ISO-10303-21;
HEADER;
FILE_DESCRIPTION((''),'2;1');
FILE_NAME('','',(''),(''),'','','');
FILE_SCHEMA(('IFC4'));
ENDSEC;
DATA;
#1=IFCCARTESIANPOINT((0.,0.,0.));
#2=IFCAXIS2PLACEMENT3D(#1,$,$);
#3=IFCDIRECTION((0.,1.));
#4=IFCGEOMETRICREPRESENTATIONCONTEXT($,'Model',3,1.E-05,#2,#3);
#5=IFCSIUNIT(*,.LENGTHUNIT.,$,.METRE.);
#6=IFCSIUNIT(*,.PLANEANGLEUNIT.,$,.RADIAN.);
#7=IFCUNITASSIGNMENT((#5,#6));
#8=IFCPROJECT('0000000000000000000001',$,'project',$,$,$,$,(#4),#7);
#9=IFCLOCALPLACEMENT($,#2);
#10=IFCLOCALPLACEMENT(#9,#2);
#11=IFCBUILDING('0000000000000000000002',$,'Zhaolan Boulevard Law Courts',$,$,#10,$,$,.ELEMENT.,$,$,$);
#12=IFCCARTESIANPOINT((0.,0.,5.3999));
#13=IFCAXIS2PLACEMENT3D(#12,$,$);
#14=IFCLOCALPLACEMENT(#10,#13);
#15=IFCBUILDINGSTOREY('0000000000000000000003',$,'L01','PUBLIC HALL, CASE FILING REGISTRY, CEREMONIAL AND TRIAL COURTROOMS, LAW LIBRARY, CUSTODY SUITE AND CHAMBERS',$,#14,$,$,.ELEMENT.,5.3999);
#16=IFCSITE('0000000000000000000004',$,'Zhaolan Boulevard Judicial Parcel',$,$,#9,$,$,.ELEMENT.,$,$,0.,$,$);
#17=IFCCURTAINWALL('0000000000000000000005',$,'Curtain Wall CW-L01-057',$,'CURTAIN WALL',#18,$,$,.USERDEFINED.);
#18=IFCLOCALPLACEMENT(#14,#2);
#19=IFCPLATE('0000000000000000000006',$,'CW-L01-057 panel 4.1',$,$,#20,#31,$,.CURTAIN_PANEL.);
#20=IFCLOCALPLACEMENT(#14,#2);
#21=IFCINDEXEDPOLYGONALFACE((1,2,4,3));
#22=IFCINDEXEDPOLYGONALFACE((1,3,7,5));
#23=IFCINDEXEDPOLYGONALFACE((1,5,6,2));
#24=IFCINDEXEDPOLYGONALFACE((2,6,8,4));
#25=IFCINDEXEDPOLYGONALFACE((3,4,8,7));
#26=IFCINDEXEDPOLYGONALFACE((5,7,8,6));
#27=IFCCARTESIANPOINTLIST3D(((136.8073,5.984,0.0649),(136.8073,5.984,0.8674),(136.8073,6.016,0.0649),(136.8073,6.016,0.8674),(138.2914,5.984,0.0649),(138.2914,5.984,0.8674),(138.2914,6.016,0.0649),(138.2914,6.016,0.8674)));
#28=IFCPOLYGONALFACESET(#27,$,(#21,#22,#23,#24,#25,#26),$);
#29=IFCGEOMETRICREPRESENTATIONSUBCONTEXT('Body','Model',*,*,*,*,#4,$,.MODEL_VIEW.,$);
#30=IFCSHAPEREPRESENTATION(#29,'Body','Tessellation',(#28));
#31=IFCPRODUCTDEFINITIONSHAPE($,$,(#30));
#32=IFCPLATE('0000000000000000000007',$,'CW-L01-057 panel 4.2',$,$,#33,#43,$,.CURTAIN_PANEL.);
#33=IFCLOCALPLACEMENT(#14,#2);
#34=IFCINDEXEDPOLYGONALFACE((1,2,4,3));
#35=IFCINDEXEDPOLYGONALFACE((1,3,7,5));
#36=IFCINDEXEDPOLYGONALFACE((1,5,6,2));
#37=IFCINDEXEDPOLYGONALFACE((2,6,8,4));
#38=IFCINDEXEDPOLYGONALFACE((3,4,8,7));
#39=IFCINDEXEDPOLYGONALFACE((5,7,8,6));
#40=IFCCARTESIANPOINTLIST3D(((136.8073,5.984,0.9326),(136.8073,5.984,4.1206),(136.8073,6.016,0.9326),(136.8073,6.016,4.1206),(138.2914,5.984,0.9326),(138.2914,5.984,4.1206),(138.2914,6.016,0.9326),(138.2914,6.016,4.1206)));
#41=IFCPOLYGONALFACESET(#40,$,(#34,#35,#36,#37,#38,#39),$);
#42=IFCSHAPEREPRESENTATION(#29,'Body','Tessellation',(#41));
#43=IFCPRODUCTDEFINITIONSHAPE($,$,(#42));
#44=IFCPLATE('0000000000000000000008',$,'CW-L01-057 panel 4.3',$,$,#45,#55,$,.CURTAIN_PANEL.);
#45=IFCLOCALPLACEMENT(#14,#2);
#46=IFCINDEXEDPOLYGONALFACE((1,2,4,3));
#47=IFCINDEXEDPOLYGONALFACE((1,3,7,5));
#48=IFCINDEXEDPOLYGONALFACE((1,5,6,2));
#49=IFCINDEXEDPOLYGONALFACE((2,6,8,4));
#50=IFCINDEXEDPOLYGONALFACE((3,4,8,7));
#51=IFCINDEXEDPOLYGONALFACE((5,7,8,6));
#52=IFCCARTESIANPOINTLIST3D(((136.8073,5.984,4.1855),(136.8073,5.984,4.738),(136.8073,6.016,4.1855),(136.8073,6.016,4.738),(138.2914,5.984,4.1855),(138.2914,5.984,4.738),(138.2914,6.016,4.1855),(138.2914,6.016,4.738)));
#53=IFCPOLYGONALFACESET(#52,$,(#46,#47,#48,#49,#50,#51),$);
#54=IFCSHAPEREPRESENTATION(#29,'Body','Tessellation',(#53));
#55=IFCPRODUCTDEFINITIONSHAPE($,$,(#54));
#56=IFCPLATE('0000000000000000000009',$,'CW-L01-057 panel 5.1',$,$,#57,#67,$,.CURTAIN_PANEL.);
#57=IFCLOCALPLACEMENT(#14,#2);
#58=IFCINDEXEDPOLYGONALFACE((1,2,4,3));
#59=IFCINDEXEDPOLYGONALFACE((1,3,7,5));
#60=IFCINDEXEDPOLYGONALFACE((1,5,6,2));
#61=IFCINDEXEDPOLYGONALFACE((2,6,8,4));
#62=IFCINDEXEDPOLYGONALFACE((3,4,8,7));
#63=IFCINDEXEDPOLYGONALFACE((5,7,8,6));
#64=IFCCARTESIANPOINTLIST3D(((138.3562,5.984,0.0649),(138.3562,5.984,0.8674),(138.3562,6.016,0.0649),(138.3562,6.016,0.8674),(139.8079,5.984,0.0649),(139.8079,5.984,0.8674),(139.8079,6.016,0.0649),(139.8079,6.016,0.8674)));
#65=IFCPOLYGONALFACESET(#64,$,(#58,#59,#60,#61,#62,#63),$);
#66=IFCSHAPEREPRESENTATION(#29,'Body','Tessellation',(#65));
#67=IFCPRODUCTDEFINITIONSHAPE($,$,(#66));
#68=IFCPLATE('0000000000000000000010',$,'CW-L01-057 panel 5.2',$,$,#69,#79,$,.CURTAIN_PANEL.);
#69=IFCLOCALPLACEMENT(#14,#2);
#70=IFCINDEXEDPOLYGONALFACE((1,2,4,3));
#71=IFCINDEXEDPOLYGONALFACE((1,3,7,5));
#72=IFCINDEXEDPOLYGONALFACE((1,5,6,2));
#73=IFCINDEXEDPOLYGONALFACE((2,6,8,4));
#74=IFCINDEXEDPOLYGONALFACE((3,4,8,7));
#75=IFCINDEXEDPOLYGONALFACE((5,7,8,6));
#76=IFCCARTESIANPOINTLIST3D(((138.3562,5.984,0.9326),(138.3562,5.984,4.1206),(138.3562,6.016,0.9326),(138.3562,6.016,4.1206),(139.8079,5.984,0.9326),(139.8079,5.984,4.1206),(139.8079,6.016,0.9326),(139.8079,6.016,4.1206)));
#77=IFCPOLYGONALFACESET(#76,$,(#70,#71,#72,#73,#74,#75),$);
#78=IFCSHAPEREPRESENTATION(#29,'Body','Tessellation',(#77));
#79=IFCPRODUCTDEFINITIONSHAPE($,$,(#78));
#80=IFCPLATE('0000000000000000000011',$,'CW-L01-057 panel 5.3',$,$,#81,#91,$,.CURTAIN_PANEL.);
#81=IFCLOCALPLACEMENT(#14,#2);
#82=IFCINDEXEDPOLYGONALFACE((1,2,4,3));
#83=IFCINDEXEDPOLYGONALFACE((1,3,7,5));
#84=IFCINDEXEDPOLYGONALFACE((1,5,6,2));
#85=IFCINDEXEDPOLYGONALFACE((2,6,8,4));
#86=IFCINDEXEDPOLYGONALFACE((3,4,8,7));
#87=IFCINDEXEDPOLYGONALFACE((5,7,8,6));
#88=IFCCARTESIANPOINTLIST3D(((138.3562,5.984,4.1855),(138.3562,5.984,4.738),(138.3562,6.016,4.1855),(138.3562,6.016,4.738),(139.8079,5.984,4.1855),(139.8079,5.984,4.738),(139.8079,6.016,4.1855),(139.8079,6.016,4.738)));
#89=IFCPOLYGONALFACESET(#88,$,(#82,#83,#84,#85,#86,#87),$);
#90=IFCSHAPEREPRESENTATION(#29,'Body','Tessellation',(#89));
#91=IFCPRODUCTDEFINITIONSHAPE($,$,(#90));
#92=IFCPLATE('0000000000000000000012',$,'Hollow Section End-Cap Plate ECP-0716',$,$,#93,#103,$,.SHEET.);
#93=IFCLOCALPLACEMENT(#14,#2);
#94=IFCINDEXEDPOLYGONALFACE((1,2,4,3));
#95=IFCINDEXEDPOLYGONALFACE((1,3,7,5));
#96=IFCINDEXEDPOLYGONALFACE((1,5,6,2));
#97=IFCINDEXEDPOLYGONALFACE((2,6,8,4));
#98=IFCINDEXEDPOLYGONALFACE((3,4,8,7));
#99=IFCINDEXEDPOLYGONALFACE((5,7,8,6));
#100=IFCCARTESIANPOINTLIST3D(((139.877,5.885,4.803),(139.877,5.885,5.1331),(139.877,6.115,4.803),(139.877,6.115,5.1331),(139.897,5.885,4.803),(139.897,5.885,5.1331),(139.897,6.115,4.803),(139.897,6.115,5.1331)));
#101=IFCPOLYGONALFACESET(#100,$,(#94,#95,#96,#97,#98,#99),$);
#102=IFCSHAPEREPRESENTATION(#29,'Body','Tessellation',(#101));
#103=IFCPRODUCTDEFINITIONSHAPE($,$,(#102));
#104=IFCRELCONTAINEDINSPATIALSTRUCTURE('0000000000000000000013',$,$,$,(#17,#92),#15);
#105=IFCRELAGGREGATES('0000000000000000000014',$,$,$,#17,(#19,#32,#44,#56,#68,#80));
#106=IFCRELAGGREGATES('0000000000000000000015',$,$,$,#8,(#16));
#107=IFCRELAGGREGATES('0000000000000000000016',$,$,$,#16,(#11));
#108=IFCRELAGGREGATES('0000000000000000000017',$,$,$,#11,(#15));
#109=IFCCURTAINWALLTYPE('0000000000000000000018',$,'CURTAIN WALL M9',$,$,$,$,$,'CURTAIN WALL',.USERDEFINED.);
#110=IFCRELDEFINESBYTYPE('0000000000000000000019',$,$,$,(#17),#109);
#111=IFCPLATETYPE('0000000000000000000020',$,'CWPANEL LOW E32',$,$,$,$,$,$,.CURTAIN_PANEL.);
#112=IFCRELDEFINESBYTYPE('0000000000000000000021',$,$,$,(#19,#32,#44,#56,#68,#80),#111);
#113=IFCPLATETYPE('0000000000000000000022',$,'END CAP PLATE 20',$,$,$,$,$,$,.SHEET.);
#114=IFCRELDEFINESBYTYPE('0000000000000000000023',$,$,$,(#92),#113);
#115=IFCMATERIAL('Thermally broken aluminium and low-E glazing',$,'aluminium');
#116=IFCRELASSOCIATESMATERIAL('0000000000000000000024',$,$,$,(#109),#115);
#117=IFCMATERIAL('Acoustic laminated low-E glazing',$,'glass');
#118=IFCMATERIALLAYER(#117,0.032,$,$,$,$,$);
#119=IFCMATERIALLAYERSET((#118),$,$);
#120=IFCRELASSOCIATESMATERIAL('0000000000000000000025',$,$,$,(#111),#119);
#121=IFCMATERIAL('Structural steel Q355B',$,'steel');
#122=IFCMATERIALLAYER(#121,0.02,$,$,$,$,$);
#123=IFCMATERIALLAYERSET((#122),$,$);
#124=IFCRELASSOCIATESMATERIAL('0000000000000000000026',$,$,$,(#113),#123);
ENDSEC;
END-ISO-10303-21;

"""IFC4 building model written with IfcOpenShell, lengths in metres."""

from ifc_helpers import new_model, si_unit, direction, frame, origin, origin_2d, place, context, subcontext, project, spatial, rectangle, extrude, material, layer, layer_set, type_object, element, aggregate, save


model = new_model("IFC4")

# Units and contexts
model_context = context("Model", 3, precision=1e-05, world=origin(), true_north=direction((0.0, 1.0)))
body_context = subcontext(model_context, "Body", "Model", "MODEL_VIEW")
ifc_project = project(units=[si_unit("LENGTHUNIT", "METRE"), si_unit("PLANEANGLEUNIT", "RADIAN")], contexts=[model_context])

# Site, building, storey
site_placement = place(None, origin())
site = spatial("IfcSite", under=ifc_project, at=site_placement, Name="Zhaolan Boulevard Judicial Parcel", CompositionType="ELEMENT", RefElevation=0.0)
building_placement = place(site_placement, origin())
building = spatial("IfcBuilding", under=site, at=building_placement, Name="Zhaolan Boulevard Law Courts", CompositionType="ELEMENT")
storey_placement = place(building_placement, frame((0.0, 0.0, 5.3999)))
storey = spatial("IfcBuildingStorey", under=building, at=storey_placement, Name="L01", Description="PUBLIC HALL, CASE FILING REGISTRY, CEREMONIAL AND TRIAL COURTROOMS, LAW LIBRARY, CUSTODY SUITE AND CHAMBERS", CompositionType="ELEMENT", Elevation=5.3999)

# Curtain wall, plates
ifc_material_1 = material(Name="Thermally broken aluminium and low-E glazing", Category="aluminium")
curtain_wall_type = type_object("IfcCurtainWallType", Name="CURTAIN WALL M9", ElementType="CURTAIN WALL", PredefinedType="USERDEFINED", material=ifc_material_1)
curtain_wall_placement = place(storey_placement, origin())
curtain_wall = element("IfcCurtainWall", 1, at=curtain_wall_placement, inside=storey, type_object=curtain_wall_type, Name="Curtain Wall CW-L01-057", ObjectType="CURTAIN WALL", PredefinedType="USERDEFINED")
ifc_material_2 = material(Name="Acoustic laminated low-E glazing", Category="glass")
ifc_layer_1 = layer(ifc_material_2, 0.032)
ifc_layer_set_1 = layer_set([ifc_layer_1])
plate_type_1 = type_object("IfcPlateType", Name="CWPANEL LOW E32", PredefinedType="CURTAIN_PANEL", material=ifc_layer_set_1)
plate_1_placement = place(storey_placement, frame((137.5493, 6.0, 0.0649), z_axis=(0.0, 0.0, 1.0), x_axis=(1.0, 0.0, 0.0)))
plate_1 = element("IfcPlate", 2, at=plate_1_placement, type_object=plate_type_1, Name="CW-L01-057 panel 4.1", PredefinedType="CURTAIN_PANEL", context=body_context, shape_type="SweptSolid", body=[
    extrude(rectangle(XDim=1.4841, YDim=0.032, at=origin_2d()), origin(), (0.0, 0.0, 1.0), 0.8025),
])
plate_2_placement = place(storey_placement, frame((137.5493, 6.0, 0.9326), z_axis=(0.0, 0.0, 1.0), x_axis=(1.0, 0.0, 0.0)))
plate_2 = element("IfcPlate", 3, at=plate_2_placement, type_object=plate_type_1, Name="CW-L01-057 panel 4.2", PredefinedType="CURTAIN_PANEL", context=body_context, shape_type="SweptSolid", body=[
    extrude(rectangle(XDim=1.4841, YDim=0.032, at=origin_2d()), origin(), (0.0, 0.0, 1.0), 3.188),
])
plate_3_placement = place(storey_placement, frame((137.5493, 6.0, 4.1855), z_axis=(0.0, 0.0, 1.0), x_axis=(1.0, 0.0, 0.0)))
plate_3 = element("IfcPlate", 4, at=plate_3_placement, type_object=plate_type_1, Name="CW-L01-057 panel 4.3", PredefinedType="CURTAIN_PANEL", context=body_context, shape_type="SweptSolid", body=[
    extrude(rectangle(XDim=1.4841, YDim=0.032, at=origin_2d()), origin(), (0.0, 0.0, 1.0), 0.5525),
])
plate_4_placement = place(storey_placement, frame((139.082, 6.0, 0.0649), z_axis=(0.0, 0.0, 1.0), x_axis=(1.0, 0.0, 0.0)))
plate_4 = element("IfcPlate", 5, at=plate_4_placement, type_object=plate_type_1, Name="CW-L01-057 panel 5.1", PredefinedType="CURTAIN_PANEL", context=body_context, shape_type="SweptSolid", body=[
    extrude(rectangle(XDim=1.4517, YDim=0.032, at=origin_2d()), origin(), (0.0, 0.0, 1.0), 0.8025),
])
plate_5_placement = place(storey_placement, frame((139.082, 6.0, 0.9326), z_axis=(0.0, 0.0, 1.0), x_axis=(1.0, 0.0, 0.0)))
plate_5 = element("IfcPlate", 6, at=plate_5_placement, type_object=plate_type_1, Name="CW-L01-057 panel 5.2", PredefinedType="CURTAIN_PANEL", context=body_context, shape_type="SweptSolid", body=[
    extrude(rectangle(XDim=1.4517, YDim=0.032, at=origin_2d()), origin(), (0.0, 0.0, 1.0), 3.188),
])
plate_6_placement = place(storey_placement, frame((139.082, 6.0, 4.1855), z_axis=(0.0, 0.0, 1.0), x_axis=(1.0, 0.0, 0.0)))
plate_6 = element("IfcPlate", 7, at=plate_6_placement, type_object=plate_type_1, Name="CW-L01-057 panel 5.3", PredefinedType="CURTAIN_PANEL", context=body_context, shape_type="SweptSolid", body=[
    extrude(rectangle(XDim=1.4517, YDim=0.032, at=origin_2d()), origin(), (0.0, 0.0, 1.0), 0.5525),
])
aggregate(curtain_wall, [plate_1, plate_2, plate_3, plate_4, plate_5, plate_6])

# Plate
ifc_material_3 = material(Name="Structural steel Q355B", Category="steel")
ifc_layer_2 = layer(ifc_material_3, 0.02)
ifc_layer_set_2 = layer_set([ifc_layer_2])
plate_type_2 = type_object("IfcPlateType", Name="END CAP PLATE 20", PredefinedType="SHEET", material=ifc_layer_set_2)
plate_7_placement = place(storey_placement, frame((139.887, 6.0, 4.803), z_axis=(0.0, 0.0, 1.0), x_axis=(1.0, 0.0, 0.0)))
element("IfcPlate", 8, at=plate_7_placement, inside=storey, type_object=plate_type_2, Name="Hollow Section End-Cap Plate ECP-0716", PredefinedType="SHEET", context=body_context, shape_type="SweptSolid", body=[
    extrude(rectangle(XDim=0.02, YDim=0.23, at=origin_2d()), origin(), (0.0, 0.0, 1.0), 0.3301),
])

save(model, "model.ifc")
